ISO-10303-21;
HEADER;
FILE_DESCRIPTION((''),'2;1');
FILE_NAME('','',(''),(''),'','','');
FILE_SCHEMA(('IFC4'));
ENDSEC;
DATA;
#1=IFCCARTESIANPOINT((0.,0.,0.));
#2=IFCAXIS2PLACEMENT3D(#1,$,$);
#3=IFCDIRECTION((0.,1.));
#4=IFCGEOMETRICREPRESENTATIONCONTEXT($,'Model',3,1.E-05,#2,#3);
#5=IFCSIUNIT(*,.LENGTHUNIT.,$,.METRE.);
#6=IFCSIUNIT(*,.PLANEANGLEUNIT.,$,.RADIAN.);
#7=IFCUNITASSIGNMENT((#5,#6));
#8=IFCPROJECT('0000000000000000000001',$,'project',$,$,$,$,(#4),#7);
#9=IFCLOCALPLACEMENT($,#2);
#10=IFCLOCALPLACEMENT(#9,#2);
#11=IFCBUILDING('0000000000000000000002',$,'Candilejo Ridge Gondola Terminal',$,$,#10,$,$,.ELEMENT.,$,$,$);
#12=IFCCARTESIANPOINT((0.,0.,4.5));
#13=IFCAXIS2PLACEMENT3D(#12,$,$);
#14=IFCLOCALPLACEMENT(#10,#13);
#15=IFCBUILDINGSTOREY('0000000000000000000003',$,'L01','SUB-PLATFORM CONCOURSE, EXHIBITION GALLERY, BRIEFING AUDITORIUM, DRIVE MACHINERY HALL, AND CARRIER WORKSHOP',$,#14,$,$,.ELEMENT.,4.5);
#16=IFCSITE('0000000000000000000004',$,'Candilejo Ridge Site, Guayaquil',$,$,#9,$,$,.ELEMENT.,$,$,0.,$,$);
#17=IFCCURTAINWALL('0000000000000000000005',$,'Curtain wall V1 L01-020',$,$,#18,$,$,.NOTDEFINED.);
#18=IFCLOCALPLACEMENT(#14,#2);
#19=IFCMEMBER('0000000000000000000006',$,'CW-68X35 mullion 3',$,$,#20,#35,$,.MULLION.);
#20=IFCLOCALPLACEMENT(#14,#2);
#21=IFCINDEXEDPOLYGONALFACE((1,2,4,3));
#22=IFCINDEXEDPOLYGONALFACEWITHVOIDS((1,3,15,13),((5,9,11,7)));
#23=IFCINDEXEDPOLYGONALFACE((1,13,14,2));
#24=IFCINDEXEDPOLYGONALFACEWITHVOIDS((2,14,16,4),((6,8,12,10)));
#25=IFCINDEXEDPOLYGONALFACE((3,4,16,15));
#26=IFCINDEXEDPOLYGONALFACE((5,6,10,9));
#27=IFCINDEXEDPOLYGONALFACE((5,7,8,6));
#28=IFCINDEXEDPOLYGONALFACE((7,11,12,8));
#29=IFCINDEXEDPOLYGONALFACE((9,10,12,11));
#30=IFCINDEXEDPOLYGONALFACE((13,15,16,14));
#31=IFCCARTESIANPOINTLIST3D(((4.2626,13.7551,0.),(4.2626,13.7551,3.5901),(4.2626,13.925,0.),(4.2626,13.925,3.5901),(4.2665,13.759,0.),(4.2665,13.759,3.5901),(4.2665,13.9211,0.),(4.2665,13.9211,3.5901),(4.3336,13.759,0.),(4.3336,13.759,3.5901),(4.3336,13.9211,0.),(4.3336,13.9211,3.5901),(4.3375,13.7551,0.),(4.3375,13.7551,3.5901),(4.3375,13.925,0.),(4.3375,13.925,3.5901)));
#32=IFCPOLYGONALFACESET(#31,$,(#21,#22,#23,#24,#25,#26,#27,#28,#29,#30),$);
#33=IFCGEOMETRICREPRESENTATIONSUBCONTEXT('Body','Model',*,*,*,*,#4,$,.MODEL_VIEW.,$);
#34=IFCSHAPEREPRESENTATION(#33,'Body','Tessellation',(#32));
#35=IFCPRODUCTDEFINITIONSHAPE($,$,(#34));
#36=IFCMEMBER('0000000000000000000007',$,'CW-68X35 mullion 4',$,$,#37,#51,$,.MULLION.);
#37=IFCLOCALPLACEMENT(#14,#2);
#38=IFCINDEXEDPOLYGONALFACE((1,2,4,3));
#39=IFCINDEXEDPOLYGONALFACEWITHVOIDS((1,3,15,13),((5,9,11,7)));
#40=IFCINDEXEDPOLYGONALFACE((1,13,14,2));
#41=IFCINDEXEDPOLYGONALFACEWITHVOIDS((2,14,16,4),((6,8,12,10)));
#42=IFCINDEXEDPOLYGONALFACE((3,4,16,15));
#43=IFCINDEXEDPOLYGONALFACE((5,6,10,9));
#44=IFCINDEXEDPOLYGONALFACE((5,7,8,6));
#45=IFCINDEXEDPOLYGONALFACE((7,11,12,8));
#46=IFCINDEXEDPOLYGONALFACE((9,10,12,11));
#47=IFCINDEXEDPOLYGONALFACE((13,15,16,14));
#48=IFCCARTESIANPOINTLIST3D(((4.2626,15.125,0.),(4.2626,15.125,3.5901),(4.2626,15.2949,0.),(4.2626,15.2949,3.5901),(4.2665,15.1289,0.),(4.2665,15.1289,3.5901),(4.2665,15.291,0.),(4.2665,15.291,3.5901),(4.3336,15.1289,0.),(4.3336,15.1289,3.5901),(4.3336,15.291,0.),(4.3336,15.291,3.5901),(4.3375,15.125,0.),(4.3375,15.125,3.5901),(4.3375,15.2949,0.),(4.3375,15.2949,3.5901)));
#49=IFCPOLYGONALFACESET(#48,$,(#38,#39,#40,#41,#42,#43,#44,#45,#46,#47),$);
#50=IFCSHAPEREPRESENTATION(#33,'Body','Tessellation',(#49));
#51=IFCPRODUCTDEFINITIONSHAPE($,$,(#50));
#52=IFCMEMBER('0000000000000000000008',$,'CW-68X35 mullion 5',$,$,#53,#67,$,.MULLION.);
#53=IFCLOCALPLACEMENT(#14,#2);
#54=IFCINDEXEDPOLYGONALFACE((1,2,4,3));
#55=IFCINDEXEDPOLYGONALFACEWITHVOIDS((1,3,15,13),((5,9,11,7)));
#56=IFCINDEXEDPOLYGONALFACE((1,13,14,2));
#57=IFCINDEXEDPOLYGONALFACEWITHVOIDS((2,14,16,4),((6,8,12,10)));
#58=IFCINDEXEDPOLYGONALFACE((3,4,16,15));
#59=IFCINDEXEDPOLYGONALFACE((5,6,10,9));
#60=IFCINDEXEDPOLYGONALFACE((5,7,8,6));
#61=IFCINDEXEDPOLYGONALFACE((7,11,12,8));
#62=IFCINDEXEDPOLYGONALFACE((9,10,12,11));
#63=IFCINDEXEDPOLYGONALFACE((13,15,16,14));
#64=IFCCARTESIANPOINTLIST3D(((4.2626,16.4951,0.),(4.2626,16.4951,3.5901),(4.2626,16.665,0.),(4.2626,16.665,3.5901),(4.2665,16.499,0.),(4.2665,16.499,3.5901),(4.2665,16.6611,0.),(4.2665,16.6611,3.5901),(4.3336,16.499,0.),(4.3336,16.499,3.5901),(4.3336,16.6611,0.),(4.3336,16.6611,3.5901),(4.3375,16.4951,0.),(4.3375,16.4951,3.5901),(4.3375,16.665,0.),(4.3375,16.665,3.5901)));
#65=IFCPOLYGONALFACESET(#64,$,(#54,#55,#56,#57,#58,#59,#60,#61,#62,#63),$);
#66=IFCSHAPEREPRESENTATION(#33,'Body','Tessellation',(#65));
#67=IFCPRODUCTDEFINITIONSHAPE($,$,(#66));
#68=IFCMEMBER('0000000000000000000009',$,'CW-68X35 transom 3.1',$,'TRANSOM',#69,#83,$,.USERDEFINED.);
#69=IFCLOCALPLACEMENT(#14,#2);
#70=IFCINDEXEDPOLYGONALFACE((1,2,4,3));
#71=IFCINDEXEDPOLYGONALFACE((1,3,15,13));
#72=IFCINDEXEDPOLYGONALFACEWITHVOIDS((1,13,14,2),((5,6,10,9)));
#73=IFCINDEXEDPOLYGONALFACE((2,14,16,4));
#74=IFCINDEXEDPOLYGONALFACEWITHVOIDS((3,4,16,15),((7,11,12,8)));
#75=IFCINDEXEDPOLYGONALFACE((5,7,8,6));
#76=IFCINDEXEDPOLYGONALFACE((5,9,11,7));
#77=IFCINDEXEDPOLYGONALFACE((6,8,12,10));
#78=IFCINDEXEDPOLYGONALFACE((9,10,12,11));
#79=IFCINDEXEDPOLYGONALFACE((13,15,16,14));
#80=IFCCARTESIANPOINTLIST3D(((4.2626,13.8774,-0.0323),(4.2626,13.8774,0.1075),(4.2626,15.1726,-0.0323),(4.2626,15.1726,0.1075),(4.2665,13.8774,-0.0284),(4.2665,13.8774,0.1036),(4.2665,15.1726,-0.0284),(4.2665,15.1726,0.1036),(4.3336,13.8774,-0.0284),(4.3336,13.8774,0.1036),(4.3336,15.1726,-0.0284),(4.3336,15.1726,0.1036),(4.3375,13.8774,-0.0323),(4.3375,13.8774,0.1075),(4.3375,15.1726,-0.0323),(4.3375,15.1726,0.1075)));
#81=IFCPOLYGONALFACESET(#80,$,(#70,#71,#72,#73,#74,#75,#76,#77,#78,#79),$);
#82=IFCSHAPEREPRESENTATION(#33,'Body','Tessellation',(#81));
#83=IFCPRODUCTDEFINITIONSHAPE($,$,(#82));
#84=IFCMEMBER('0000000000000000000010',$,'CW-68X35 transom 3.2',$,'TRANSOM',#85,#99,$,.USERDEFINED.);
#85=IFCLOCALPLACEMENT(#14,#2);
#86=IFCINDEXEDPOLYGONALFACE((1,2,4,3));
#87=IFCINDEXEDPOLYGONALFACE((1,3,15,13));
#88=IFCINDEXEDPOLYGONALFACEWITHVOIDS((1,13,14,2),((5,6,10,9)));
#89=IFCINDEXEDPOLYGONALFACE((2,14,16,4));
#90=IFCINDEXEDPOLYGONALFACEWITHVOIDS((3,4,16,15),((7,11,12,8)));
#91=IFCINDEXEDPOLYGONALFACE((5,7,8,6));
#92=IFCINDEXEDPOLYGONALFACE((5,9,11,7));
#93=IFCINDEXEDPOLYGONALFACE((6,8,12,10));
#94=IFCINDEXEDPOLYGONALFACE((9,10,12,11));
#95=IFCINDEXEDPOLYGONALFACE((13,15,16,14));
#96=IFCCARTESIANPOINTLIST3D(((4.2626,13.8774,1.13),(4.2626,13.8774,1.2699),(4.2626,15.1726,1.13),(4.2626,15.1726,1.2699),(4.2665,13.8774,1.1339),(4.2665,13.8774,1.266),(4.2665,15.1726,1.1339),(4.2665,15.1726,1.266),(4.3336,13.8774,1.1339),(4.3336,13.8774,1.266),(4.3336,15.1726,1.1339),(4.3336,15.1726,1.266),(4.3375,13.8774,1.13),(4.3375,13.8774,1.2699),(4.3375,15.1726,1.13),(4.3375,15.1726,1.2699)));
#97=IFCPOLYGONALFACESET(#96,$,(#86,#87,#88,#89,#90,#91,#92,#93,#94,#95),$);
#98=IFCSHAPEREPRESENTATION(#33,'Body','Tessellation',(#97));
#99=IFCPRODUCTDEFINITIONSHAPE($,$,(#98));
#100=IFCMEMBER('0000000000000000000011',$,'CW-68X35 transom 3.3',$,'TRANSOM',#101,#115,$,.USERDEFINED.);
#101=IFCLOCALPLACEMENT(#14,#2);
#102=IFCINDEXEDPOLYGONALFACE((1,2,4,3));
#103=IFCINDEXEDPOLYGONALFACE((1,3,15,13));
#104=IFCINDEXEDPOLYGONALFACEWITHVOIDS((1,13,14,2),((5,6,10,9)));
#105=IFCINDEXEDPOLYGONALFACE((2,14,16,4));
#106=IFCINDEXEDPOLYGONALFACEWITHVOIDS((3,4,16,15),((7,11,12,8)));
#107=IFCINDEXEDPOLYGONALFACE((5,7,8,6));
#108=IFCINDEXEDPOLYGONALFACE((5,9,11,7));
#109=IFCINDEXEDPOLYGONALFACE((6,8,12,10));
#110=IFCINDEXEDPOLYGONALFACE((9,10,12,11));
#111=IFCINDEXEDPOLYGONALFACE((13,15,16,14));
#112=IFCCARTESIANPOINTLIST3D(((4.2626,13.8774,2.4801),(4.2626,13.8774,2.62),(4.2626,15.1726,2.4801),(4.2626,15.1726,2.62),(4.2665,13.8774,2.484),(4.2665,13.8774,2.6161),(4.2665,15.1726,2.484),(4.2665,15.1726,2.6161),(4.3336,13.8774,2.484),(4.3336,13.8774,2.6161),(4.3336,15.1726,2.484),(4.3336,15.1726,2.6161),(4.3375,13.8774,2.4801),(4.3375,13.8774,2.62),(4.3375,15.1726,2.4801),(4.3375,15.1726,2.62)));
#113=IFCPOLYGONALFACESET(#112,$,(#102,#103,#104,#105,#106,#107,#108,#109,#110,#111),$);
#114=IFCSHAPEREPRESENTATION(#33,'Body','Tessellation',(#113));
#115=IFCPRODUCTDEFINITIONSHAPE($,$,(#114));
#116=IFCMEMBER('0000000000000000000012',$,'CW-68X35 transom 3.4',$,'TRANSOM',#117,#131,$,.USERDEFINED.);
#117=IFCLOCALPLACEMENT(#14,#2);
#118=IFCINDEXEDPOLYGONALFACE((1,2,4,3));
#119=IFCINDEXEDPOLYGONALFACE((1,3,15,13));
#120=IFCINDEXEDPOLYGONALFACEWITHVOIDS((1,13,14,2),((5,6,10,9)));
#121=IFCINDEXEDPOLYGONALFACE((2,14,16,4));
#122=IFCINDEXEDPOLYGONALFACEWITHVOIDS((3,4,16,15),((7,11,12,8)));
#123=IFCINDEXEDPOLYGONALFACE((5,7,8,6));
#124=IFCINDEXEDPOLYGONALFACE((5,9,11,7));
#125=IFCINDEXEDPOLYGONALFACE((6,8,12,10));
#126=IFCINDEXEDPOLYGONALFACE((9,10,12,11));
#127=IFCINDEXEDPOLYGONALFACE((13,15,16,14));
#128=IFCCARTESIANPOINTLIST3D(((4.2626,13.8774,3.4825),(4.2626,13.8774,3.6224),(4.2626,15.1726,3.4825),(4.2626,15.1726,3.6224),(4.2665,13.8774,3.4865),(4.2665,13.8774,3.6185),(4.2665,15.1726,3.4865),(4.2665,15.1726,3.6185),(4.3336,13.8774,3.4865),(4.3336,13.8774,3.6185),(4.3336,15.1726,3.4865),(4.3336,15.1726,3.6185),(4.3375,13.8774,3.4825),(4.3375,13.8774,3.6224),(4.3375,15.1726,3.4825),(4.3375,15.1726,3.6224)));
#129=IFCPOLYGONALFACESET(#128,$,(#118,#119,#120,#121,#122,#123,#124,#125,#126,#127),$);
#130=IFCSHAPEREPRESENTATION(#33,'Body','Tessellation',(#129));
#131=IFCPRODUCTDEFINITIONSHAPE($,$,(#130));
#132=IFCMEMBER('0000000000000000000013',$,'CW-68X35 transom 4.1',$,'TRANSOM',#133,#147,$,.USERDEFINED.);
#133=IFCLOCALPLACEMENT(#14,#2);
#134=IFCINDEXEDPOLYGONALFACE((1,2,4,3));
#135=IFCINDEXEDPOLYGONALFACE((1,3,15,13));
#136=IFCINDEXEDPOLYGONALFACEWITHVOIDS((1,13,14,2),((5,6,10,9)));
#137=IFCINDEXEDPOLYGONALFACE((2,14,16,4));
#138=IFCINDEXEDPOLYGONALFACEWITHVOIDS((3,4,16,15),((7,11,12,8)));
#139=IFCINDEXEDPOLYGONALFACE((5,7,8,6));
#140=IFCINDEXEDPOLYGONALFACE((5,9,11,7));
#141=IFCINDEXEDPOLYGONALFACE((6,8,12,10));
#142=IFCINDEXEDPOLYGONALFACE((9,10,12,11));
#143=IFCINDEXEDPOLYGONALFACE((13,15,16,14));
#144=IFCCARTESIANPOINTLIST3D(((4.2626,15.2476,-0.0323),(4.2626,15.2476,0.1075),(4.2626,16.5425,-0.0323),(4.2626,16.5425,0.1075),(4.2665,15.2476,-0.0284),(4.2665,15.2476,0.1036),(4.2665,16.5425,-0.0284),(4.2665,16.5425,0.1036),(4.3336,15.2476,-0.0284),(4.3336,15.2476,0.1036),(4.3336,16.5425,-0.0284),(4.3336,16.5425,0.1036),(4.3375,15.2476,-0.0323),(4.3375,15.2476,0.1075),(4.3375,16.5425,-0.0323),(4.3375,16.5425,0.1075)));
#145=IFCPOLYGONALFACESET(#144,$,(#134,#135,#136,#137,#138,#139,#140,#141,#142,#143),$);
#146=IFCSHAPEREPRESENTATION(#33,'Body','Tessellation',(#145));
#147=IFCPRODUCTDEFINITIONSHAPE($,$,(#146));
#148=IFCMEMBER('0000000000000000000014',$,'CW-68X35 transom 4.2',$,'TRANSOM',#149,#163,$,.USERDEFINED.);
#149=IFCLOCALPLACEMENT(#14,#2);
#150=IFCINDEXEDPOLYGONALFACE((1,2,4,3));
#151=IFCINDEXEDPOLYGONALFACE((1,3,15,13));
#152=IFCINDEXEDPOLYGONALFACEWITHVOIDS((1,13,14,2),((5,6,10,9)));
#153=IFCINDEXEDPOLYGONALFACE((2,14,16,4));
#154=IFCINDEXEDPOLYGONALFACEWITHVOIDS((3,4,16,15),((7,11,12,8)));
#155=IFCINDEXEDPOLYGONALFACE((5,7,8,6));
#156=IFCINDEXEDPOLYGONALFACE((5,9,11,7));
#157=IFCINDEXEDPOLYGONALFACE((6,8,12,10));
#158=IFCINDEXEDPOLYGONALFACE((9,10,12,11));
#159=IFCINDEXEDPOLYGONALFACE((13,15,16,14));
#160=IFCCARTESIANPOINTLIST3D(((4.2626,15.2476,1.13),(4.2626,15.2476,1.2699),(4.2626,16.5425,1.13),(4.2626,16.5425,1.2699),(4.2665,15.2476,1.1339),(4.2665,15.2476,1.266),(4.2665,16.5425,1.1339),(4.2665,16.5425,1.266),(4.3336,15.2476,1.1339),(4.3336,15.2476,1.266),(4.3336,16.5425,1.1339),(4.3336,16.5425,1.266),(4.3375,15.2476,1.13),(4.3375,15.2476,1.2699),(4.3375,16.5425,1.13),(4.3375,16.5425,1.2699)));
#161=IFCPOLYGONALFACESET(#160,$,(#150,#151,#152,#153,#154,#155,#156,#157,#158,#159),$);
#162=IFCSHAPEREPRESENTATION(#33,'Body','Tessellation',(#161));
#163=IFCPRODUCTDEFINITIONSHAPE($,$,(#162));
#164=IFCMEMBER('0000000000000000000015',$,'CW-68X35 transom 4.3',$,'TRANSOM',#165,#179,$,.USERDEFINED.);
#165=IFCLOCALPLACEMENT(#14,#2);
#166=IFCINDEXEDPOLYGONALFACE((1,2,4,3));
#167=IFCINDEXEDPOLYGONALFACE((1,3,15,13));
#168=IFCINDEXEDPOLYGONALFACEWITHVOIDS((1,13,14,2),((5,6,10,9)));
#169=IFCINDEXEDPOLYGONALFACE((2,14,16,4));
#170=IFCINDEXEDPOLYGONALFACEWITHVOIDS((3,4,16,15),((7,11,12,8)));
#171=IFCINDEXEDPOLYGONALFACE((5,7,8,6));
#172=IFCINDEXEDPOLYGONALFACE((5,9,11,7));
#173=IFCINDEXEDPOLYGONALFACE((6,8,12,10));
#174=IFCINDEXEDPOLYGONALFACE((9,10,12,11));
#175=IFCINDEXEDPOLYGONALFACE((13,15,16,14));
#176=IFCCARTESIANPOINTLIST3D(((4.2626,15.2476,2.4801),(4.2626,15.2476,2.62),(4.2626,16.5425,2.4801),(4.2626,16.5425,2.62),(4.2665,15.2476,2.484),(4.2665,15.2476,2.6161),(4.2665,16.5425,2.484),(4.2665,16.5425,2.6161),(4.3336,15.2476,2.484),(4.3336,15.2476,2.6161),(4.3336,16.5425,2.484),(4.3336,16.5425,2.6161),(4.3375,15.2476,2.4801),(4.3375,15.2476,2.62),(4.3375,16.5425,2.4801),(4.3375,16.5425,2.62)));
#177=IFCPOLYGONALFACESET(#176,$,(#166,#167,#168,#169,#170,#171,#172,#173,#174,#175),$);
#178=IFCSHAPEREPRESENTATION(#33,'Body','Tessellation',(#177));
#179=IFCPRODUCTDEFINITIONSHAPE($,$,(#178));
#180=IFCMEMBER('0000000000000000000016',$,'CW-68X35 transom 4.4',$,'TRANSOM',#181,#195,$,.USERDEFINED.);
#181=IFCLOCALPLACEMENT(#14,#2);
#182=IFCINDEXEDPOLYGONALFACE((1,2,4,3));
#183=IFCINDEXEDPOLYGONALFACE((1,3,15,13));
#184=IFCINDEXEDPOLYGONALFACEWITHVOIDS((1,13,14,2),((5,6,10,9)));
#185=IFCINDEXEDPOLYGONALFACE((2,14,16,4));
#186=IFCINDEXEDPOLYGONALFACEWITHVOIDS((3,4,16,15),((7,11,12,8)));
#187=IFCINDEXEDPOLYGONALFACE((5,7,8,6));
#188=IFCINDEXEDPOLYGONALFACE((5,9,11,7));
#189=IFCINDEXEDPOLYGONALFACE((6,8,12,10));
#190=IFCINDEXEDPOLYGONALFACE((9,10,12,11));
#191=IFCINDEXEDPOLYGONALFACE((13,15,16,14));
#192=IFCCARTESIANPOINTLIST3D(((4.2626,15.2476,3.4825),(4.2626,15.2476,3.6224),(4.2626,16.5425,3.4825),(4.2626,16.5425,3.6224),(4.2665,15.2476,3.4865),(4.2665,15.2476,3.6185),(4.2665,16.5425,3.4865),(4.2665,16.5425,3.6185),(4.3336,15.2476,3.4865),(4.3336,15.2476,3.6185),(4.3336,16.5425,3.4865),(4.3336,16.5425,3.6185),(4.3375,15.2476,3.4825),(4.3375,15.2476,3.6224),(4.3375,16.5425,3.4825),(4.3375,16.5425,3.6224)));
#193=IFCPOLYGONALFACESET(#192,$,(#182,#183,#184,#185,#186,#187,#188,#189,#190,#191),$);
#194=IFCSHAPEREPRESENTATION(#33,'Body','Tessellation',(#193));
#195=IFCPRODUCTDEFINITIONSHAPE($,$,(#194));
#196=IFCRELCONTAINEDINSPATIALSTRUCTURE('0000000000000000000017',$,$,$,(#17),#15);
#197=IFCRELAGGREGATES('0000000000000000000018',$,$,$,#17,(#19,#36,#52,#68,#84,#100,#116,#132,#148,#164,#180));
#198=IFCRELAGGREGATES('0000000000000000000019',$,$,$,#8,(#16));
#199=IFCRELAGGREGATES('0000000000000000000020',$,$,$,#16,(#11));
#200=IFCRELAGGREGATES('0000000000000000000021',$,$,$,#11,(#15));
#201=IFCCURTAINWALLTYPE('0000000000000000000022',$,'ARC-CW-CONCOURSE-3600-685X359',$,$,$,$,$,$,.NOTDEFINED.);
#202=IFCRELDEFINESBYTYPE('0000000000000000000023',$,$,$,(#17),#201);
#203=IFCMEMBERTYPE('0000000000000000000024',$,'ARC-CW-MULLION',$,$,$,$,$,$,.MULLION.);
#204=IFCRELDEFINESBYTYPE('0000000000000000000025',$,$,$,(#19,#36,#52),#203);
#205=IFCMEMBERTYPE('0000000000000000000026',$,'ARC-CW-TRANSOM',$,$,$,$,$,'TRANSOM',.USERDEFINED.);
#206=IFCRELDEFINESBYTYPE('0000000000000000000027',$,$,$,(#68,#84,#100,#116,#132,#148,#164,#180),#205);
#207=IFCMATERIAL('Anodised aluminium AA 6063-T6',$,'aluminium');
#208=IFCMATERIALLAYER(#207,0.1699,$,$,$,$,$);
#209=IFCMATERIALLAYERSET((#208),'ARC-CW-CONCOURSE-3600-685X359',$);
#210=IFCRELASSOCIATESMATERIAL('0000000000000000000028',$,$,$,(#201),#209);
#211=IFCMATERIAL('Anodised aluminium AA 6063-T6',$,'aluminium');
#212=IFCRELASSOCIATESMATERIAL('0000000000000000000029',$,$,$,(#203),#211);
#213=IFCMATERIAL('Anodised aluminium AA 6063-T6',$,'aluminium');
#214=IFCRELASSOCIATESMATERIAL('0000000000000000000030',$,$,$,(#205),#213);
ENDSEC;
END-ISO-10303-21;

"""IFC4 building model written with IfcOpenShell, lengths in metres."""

from ifc_helpers import new_model, si_unit, direction, frame, origin, origin_2d, place, context, subcontext, project, spatial, hollow_rectangle, extrude, material, layer, layer_set, material_profile, profile_set, type_object, element, aggregate, save


model = new_model("IFC4")

# Units and contexts
model_context = context("Model", 3, precision=1e-05, world=origin(), true_north=direction((0.0, 1.0)))
body_context = subcontext(model_context, "Body", "Model", "MODEL_VIEW")
ifc_project = project(units=[si_unit("LENGTHUNIT", "METRE"), si_unit("PLANEANGLEUNIT", "RADIAN")], contexts=[model_context])

# Site, building, storey
site_placement = place(None, origin())
site = spatial("IfcSite", under=ifc_project, at=site_placement, Name="Candilejo Ridge Site, Guayaquil", CompositionType="ELEMENT", RefElevation=0.0)
building_placement = place(site_placement, origin())
building = spatial("IfcBuilding", under=site, at=building_placement, Name="Candilejo Ridge Gondola Terminal", CompositionType="ELEMENT")
storey_placement = place(building_placement, frame((0.0, 0.0, 4.5)))
storey = spatial("IfcBuildingStorey", under=building, at=storey_placement, Name="L01", Description="SUB-PLATFORM CONCOURSE, EXHIBITION GALLERY, BRIEFING AUDITORIUM, DRIVE MACHINERY HALL, AND CARRIER WORKSHOP", CompositionType="ELEMENT", Elevation=4.5)

# Curtain wall, members
ifc_material_1 = material(Name="Anodised aluminium AA 6063-T6", Category="aluminium")
ifc_layer_1 = layer(ifc_material_1, 0.1699)
ifc_layer_set_1 = layer_set([ifc_layer_1], Name="ARC-CW-CONCOURSE-3600-685X359")
curtain_wall_type = type_object("IfcCurtainWallType", Name="ARC-CW-CONCOURSE-3600-685X359", PredefinedType="NOTDEFINED", material=ifc_layer_set_1)
curtain_wall_placement = place(storey_placement, origin())
curtain_wall = element("IfcCurtainWall", 1, at=curtain_wall_placement, inside=storey, type_object=curtain_wall_type, Name="Curtain wall V1 L01-020", PredefinedType="NOTDEFINED")
ifc_material_2 = material(Name="Anodised aluminium AA 6063-T6", Category="aluminium")
ifc_material_profile_1 = material_profile(ifc_material_2, hollow_rectangle(XDim=0.075, YDim=0.1699, WallThickness=0.0039, at=origin_2d()))
ifc_profile_set_1 = profile_set([ifc_material_profile_1], Name="Anodised aluminium AA 6063-T6")
member_type_1 = type_object("IfcMemberType", Name="ARC-CW-MULLION", PredefinedType="MULLION", material=ifc_profile_set_1)
member_1_placement = place(storey_placement, frame((4.3, 13.8401, 0.0), z_axis=(0.0, 0.0, 1.0), x_axis=(-1.0, 0.0, 0.0)))
member_1 = element("IfcMember", 2, at=member_1_placement, type_object=member_type_1, Name="CW-68X35 mullion 3", PredefinedType="MULLION", context=body_context, shape_type="SweptSolid", body=[
    extrude(hollow_rectangle(XDim=0.075, YDim=0.1699, WallThickness=0.0039, at=origin_2d()), origin(), (0.0, 0.0, 1.0), 3.5901),
])
member_2_placement = place(storey_placement, frame((4.3, 15.21, 0.0), z_axis=(0.0, 0.0, 1.0), x_axis=(-1.0, 0.0, 0.0)))
member_2 = element("IfcMember", 3, at=member_2_placement, type_object=member_type_1, Name="CW-68X35 mullion 4", PredefinedType="MULLION", context=body_context, shape_type="SweptSolid", body=[
    extrude(hollow_rectangle(XDim=0.075, YDim=0.1699, WallThickness=0.0039, at=origin_2d()), origin(), (0.0, 0.0, 1.0), 3.5901),
])
member_3_placement = place(storey_placement, frame((4.3, 16.5801, 0.0), z_axis=(0.0, 0.0, 1.0), x_axis=(-1.0, 0.0, 0.0)))
member_3 = element("IfcMember", 4, at=member_3_placement, type_object=member_type_1, Name="CW-68X35 mullion 5", PredefinedType="MULLION", context=body_context, shape_type="SweptSolid", body=[
    extrude(hollow_rectangle(XDim=0.075, YDim=0.1699, WallThickness=0.0039, at=origin_2d()), origin(), (0.0, 0.0, 1.0), 3.5901),
])
ifc_material_3 = material(Name="Anodised aluminium AA 6063-T6", Category="aluminium")
ifc_material_profile_2 = material_profile(ifc_material_3, hollow_rectangle(XDim=0.075, YDim=0.1399, WallThickness=0.0039, at=origin_2d()))
ifc_profile_set_2 = profile_set([ifc_material_profile_2], Name="Anodised aluminium AA 6063-T6")
member_type_2 = type_object("IfcMemberType", Name="ARC-CW-TRANSOM", ElementType="TRANSOM", PredefinedType="USERDEFINED", material=ifc_profile_set_2)
member_4_placement = place(storey_placement, frame((4.3, 13.8774, 0.0376), z_axis=(0.0, 1.0, 0.0), x_axis=(-1.0, 0.0, 0.0)))
member_4 = element("IfcMember", 5, at=member_4_placement, type_object=member_type_2, Name="CW-68X35 transom 3.1", ObjectType="TRANSOM", PredefinedType="USERDEFINED", context=body_context, shape_type="SweptSolid", body=[
    extrude(hollow_rectangle(XDim=0.075, YDim=0.1399, WallThickness=0.0039, at=origin_2d()), origin(), (0.0, 0.0, 1.0), 1.2952),
])
member_5_placement = place(storey_placement, frame((4.3, 13.8774, 1.2), z_axis=(0.0, 1.0, 0.0), x_axis=(-1.0, 0.0, 0.0)))
member_5 = element("IfcMember", 6, at=member_5_placement, type_object=member_type_2, Name="CW-68X35 transom 3.2", ObjectType="TRANSOM", PredefinedType="USERDEFINED", context=body_context, shape_type="SweptSolid", body=[
    extrude(hollow_rectangle(XDim=0.075, YDim=0.1399, WallThickness=0.0039, at=origin_2d()), origin(), (0.0, 0.0, 1.0), 1.2952),
])
member_6_placement = place(storey_placement, frame((4.3, 13.8774, 2.55), z_axis=(0.0, 1.0, 0.0), x_axis=(-1.0, 0.0, 0.0)))
member_6 = element("IfcMember", 7, at=member_6_placement, type_object=member_type_2, Name="CW-68X35 transom 3.3", ObjectType="TRANSOM", PredefinedType="USERDEFINED", context=body_context, shape_type="SweptSolid", body=[
    extrude(hollow_rectangle(XDim=0.075, YDim=0.1399, WallThickness=0.0039, at=origin_2d()), origin(), (0.0, 0.0, 1.0), 1.2952),
])
member_7_placement = place(storey_placement, frame((4.3, 13.8774, 3.5525), z_axis=(0.0, 1.0, 0.0), x_axis=(-1.0, 0.0, 0.0)))
member_7 = element("IfcMember", 8, at=member_7_placement, type_object=member_type_2, Name="CW-68X35 transom 3.4", ObjectType="TRANSOM", PredefinedType="USERDEFINED", context=body_context, shape_type="SweptSolid", body=[
    extrude(hollow_rectangle(XDim=0.075, YDim=0.1399, WallThickness=0.0039, at=origin_2d()), origin(), (0.0, 0.0, 1.0), 1.2952),
])
member_8_placement = place(storey_placement, frame((4.3, 15.2476, 0.0376), z_axis=(0.0, 1.0, 0.0), x_axis=(-1.0, 0.0, 0.0)))
member_8 = element("IfcMember", 9, at=member_8_placement, type_object=member_type_2, Name="CW-68X35 transom 4.1", ObjectType="TRANSOM", PredefinedType="USERDEFINED", context=body_context, shape_type="SweptSolid", body=[
    extrude(hollow_rectangle(XDim=0.075, YDim=0.1399, WallThickness=0.0039, at=origin_2d()), origin(), (0.0, 0.0, 1.0), 1.2949),
])
member_9_placement = place(storey_placement, frame((4.3, 15.2476, 1.2), z_axis=(0.0, 1.0, 0.0), x_axis=(-1.0, 0.0, 0.0)))
member_9 = element("IfcMember", 10, at=member_9_placement, type_object=member_type_2, Name="CW-68X35 transom 4.2", ObjectType="TRANSOM", PredefinedType="USERDEFINED", context=body_context, shape_type="SweptSolid", body=[
    extrude(hollow_rectangle(XDim=0.075, YDim=0.1399, WallThickness=0.0039, at=origin_2d()), origin(), (0.0, 0.0, 1.0), 1.2949),
])
member_10_placement = place(storey_placement, frame((4.3, 15.2476, 2.55), z_axis=(0.0, 1.0, 0.0), x_axis=(-1.0, 0.0, 0.0)))
member_10 = element("IfcMember", 11, at=member_10_placement, type_object=member_type_2, Name="CW-68X35 transom 4.3", ObjectType="TRANSOM", PredefinedType="USERDEFINED", context=body_context, shape_type="SweptSolid", body=[
    extrude(hollow_rectangle(XDim=0.075, YDim=0.1399, WallThickness=0.0039, at=origin_2d()), origin(), (0.0, 0.0, 1.0), 1.2949),
])
member_11_placement = place(storey_placement, frame((4.3, 15.2476, 3.5525), z_axis=(0.0, 1.0, 0.0), x_axis=(-1.0, 0.0, 0.0)))
member_11 = element("IfcMember", 12, at=member_11_placement, type_object=member_type_2, Name="CW-68X35 transom 4.4", ObjectType="TRANSOM", PredefinedType="USERDEFINED", context=body_context, shape_type="SweptSolid", body=[
    extrude(hollow_rectangle(XDim=0.075, YDim=0.1399, WallThickness=0.0039, at=origin_2d()), origin(), (0.0, 0.0, 1.0), 1.2949),
])

aggregate(curtain_wall, [member_1, member_2, member_3, member_4, member_5, member_6, member_7, member_8, member_9, member_10, member_11])

save(model, "model.ifc")
